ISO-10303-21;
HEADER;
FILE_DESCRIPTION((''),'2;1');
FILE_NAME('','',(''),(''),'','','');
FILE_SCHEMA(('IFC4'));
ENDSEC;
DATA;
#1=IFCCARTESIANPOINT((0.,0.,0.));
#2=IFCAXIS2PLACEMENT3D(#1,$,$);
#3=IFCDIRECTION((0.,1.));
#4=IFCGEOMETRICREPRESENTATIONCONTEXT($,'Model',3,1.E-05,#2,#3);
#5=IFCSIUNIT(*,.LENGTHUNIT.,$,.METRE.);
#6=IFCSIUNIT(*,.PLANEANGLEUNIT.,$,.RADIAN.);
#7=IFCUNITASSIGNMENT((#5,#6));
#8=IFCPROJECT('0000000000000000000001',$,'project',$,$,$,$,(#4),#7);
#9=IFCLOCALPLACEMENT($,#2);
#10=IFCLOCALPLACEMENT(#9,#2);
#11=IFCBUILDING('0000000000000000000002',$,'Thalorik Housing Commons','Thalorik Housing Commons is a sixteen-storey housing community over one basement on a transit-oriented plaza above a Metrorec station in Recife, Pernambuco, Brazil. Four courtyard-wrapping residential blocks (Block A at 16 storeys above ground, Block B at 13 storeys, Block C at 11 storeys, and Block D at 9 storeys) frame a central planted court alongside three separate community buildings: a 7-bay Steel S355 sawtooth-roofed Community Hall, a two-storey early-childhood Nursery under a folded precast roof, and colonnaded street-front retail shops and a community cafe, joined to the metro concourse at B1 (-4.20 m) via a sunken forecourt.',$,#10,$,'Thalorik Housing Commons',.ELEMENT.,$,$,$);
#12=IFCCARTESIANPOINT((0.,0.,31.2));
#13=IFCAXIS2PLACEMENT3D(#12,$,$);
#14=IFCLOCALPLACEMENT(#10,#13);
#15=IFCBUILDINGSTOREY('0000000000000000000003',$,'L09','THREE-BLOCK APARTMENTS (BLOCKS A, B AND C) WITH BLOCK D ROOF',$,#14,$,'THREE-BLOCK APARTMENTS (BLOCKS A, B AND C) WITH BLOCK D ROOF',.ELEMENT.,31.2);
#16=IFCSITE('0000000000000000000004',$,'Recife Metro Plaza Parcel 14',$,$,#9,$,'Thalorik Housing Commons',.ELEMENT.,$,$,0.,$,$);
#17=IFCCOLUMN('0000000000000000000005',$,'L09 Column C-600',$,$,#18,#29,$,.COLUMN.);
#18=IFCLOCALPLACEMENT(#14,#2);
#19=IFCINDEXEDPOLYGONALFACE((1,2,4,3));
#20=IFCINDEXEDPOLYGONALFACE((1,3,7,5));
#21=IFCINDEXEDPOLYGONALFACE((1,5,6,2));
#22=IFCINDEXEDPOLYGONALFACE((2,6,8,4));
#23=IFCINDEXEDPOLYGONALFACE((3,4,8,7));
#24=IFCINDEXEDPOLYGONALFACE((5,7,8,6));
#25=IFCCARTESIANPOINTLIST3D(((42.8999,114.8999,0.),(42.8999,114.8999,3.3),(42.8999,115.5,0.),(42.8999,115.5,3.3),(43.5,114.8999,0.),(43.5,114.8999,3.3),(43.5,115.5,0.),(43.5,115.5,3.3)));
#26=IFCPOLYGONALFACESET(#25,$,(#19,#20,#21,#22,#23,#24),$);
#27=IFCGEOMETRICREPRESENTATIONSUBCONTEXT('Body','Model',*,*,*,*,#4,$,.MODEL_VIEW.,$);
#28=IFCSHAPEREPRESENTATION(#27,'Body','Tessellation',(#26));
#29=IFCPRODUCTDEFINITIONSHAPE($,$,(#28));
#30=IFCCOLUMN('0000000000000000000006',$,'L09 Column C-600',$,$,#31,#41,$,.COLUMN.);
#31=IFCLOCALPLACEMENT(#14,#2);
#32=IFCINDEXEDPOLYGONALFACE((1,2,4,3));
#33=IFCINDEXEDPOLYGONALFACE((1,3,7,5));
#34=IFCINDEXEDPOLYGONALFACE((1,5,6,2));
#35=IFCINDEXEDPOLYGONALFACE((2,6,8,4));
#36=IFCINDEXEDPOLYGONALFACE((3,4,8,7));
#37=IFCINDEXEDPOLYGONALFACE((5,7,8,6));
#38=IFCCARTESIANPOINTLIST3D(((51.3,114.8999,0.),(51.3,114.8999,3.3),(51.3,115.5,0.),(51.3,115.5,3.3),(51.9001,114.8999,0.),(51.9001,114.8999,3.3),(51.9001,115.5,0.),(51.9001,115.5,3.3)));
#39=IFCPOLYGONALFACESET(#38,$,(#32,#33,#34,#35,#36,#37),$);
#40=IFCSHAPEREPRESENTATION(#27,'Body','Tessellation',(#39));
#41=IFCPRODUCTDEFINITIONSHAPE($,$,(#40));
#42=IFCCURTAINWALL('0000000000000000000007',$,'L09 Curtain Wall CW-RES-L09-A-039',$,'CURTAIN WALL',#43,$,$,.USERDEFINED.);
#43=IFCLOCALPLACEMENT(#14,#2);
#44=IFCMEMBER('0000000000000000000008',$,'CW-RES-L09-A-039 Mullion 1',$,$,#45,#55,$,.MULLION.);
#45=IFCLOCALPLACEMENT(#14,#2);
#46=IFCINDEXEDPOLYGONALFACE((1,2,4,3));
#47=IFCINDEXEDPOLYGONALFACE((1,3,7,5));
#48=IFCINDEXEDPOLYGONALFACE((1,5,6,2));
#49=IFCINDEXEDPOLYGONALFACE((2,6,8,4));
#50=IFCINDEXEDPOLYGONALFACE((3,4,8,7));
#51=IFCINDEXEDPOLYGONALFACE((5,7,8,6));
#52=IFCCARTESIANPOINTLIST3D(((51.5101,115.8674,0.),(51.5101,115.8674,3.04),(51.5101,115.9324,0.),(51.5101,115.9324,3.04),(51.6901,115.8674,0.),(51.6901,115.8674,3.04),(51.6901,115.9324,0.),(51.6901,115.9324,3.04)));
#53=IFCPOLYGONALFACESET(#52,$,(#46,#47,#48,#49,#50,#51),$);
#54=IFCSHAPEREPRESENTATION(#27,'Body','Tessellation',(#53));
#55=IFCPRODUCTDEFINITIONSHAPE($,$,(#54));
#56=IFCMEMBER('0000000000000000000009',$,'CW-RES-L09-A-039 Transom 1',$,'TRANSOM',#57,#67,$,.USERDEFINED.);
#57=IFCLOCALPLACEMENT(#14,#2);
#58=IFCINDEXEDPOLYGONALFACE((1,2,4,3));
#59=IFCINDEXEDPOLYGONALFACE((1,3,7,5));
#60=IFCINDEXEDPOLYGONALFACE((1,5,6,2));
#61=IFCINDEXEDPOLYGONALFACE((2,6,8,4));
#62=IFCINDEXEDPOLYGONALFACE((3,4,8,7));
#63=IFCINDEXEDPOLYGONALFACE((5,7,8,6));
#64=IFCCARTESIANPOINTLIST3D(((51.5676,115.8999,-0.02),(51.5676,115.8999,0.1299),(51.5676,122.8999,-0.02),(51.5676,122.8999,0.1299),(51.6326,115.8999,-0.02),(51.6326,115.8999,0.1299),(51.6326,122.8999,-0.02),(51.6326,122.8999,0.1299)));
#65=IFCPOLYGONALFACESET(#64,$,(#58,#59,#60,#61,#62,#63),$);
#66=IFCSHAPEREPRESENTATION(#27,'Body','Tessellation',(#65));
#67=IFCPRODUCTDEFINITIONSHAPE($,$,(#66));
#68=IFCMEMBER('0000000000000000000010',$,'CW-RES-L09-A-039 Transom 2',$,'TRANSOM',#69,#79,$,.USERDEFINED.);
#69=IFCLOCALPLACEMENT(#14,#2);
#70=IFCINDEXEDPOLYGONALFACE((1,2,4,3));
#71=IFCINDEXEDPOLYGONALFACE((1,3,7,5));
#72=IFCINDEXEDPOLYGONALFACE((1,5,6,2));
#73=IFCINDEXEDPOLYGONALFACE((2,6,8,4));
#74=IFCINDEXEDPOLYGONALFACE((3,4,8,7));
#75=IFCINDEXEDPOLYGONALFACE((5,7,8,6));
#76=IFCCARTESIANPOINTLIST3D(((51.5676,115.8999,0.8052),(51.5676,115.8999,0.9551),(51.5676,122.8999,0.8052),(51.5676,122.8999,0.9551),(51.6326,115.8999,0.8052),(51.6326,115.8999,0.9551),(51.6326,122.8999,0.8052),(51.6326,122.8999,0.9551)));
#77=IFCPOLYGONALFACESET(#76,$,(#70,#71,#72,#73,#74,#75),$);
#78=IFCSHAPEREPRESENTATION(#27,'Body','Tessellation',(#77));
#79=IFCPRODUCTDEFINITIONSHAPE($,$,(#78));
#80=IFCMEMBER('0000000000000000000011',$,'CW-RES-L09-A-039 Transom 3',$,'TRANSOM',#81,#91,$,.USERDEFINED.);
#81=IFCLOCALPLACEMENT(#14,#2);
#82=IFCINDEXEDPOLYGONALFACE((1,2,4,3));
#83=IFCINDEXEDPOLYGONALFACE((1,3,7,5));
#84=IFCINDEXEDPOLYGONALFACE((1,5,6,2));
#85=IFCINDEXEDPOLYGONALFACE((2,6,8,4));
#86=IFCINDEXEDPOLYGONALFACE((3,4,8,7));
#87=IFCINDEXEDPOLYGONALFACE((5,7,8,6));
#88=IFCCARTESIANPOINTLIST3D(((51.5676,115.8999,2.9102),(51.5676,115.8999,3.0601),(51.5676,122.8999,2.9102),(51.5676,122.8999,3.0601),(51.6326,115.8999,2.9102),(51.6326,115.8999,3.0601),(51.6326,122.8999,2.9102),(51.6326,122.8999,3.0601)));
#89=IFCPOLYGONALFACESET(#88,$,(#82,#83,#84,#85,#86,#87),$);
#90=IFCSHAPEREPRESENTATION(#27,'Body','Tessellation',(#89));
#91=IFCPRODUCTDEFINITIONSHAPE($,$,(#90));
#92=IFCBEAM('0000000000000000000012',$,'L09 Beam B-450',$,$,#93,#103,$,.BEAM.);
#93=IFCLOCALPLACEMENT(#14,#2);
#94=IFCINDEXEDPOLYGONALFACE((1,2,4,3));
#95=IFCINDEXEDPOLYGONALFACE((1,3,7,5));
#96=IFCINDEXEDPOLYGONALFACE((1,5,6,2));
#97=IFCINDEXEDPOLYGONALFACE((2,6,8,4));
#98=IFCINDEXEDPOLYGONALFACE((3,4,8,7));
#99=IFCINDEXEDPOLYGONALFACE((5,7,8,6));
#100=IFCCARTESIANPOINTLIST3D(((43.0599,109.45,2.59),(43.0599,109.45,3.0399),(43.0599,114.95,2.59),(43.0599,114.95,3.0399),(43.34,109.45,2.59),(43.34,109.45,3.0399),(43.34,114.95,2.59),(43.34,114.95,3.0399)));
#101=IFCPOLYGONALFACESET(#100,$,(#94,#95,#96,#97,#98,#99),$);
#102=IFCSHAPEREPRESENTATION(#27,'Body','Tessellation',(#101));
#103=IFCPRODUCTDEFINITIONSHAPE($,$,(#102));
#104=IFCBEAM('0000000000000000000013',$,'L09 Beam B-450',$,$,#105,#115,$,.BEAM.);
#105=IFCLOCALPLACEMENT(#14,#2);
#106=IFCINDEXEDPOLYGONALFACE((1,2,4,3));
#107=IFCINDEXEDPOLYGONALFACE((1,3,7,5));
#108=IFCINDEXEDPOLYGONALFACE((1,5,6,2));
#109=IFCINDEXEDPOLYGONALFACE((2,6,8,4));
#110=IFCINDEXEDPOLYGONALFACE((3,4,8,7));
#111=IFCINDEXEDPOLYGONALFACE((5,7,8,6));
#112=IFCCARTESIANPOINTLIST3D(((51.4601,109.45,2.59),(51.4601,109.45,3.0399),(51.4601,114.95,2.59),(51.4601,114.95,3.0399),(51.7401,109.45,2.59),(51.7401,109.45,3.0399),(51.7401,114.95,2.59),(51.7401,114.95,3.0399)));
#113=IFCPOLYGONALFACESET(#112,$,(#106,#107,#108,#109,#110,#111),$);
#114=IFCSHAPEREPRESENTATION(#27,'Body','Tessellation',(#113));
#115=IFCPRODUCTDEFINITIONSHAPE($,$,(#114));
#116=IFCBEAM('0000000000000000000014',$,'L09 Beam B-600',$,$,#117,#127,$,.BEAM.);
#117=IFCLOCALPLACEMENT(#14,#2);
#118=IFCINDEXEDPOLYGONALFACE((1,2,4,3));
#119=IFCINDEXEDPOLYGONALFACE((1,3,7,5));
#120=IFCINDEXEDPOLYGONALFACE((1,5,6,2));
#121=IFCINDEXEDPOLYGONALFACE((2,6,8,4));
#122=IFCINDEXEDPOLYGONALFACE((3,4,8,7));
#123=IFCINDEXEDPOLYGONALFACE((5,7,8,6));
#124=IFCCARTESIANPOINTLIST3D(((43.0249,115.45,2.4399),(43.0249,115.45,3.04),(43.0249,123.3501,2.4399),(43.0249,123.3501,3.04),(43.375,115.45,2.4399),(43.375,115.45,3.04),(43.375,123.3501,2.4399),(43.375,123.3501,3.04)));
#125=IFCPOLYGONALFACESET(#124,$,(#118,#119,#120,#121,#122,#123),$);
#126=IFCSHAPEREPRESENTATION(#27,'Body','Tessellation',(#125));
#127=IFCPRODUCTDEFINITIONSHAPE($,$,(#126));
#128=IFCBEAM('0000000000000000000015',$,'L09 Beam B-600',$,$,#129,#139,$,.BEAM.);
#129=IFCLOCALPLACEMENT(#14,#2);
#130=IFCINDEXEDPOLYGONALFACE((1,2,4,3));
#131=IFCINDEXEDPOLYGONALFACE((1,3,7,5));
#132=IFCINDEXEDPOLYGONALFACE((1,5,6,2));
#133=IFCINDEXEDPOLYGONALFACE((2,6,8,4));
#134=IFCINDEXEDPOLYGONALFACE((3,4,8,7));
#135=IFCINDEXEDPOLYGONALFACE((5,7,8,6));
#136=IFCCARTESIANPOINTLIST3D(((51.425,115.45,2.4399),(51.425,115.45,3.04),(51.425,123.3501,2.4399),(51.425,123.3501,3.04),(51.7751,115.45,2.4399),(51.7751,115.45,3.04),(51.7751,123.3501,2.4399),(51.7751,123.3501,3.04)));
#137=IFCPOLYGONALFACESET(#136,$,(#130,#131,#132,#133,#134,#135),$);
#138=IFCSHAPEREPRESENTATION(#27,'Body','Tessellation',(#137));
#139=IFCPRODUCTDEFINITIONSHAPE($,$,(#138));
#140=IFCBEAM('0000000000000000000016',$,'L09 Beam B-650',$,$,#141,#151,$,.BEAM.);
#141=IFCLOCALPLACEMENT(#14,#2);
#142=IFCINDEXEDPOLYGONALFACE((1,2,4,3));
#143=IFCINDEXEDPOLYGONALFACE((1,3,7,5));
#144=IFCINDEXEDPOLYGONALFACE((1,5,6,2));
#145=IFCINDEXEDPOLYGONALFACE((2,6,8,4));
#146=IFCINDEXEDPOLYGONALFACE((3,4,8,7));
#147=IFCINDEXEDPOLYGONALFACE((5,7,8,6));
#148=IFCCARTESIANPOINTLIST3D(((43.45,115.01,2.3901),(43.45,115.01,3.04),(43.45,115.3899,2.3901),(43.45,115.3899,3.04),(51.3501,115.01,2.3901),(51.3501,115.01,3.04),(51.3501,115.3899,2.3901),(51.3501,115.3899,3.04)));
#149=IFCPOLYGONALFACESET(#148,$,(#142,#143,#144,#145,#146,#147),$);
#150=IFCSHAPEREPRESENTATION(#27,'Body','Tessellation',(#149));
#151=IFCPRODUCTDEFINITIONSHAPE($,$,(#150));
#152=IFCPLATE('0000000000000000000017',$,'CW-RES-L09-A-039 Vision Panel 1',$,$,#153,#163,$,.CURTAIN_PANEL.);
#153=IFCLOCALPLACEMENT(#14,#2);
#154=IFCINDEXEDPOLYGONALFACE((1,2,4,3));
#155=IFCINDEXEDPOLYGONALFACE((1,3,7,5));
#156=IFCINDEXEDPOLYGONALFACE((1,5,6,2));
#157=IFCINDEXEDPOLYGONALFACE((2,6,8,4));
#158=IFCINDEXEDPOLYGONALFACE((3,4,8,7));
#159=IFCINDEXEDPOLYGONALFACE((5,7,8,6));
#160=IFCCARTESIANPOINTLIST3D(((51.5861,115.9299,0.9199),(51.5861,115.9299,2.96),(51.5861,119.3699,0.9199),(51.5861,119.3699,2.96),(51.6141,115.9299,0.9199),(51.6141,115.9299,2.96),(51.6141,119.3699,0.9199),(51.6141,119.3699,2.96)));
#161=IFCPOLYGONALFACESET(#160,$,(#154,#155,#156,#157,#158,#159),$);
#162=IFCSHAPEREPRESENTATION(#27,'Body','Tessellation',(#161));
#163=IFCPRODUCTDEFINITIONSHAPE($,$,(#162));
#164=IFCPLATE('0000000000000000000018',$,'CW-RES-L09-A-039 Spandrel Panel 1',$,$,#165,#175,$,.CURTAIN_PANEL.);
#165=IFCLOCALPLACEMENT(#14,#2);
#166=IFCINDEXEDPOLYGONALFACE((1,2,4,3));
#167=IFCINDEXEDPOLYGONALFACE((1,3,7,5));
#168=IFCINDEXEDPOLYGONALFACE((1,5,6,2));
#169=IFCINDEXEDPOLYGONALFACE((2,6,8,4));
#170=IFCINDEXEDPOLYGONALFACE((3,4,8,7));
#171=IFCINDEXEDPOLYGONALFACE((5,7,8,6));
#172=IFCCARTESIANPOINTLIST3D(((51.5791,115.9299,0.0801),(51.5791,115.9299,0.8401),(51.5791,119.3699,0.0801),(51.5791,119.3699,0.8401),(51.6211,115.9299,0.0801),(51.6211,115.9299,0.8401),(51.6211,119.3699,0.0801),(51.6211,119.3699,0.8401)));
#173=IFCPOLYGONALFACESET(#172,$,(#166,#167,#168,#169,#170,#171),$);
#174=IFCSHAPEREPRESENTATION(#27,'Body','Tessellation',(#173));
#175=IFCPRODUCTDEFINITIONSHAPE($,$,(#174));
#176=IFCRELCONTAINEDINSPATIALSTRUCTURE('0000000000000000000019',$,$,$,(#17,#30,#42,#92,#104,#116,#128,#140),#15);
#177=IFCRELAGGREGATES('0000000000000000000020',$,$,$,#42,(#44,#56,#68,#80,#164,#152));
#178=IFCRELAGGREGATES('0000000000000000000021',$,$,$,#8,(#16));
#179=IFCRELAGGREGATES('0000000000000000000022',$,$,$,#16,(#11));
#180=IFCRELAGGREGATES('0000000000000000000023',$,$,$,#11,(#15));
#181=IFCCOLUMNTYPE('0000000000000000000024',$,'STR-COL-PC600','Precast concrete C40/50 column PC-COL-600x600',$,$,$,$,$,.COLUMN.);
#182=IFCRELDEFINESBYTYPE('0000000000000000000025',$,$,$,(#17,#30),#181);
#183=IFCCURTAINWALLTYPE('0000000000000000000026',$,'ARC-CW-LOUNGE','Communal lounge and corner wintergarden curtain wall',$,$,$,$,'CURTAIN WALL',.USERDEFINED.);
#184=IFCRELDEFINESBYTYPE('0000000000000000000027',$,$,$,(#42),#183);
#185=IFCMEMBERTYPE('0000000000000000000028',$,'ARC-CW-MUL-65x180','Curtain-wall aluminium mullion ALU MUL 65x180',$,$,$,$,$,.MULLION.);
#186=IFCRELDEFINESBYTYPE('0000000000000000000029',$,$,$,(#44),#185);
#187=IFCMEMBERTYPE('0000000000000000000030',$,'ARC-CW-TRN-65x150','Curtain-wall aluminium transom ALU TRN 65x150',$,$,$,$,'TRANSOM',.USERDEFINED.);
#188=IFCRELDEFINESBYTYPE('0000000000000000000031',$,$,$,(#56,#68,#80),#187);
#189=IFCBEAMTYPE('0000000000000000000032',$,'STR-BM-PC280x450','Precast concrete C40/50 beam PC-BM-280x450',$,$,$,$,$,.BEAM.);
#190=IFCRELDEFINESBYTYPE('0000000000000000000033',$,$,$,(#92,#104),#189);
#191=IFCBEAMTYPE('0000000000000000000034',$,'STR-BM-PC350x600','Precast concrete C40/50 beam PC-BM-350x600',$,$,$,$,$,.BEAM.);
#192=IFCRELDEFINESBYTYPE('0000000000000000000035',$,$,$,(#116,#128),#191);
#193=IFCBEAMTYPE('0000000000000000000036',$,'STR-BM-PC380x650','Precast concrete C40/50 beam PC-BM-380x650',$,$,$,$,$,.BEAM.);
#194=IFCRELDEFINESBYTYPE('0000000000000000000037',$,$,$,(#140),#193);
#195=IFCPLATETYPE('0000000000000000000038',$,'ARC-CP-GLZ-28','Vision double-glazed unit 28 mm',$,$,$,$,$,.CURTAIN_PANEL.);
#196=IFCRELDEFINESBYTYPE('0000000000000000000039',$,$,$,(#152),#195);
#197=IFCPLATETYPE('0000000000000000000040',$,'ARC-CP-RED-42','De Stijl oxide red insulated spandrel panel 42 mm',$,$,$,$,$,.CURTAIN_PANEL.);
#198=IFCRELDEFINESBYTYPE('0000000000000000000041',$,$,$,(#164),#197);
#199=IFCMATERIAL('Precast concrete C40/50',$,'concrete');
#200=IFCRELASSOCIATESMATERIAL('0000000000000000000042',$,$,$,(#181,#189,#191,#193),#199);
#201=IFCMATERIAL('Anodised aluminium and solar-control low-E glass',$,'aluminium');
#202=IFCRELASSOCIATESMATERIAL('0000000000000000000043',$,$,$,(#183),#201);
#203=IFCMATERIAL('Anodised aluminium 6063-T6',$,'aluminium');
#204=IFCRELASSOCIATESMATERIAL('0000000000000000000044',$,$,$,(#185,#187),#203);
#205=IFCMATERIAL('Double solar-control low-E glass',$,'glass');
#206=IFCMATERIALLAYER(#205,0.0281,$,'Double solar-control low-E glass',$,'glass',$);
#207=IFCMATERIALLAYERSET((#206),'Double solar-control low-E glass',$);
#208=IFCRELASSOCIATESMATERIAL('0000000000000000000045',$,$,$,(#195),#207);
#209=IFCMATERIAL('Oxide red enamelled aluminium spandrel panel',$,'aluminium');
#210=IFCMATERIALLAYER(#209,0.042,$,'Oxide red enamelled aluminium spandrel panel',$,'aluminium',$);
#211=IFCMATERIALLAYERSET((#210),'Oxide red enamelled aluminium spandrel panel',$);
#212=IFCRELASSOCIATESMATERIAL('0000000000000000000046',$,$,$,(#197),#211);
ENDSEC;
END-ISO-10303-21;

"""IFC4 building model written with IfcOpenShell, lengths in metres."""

from ifc_helpers import new_model, si_unit, direction, frame, origin, origin_2d, place, context, subcontext, project, spatial, rectangle, extrude, material, layer, layer_set, material_profile, profile_set, type_object, element, aggregate, save


model = new_model("IFC4")

# Units and contexts
model_context = context("Model", 3, precision=1e-05, world=origin(), true_north=direction((0.0, 1.0)))
body_context = subcontext(model_context, "Body", "Model", "MODEL_VIEW")
ifc_project = project(units=[si_unit("LENGTHUNIT", "METRE"), si_unit("PLANEANGLEUNIT", "RADIAN")], contexts=[model_context])

# Site, building, storey
site_placement = place(None, origin())
site = spatial("IfcSite", under=ifc_project, at=site_placement, Name="Recife Metro Plaza Parcel 14", LongName="Thalorik Housing Commons", CompositionType="ELEMENT", RefElevation=0.0)
building_placement = place(site_placement, origin())
building = spatial("IfcBuilding", under=site, at=building_placement, Name="Thalorik Housing Commons", Description="Thalorik Housing Commons is a sixteen-storey housing community over one basement on a transit-oriented plaza above a Metrorec station in Recife, Pernambuco, Brazil. Four courtyard-wrapping residential blocks (Block A at 16 storeys above ground, Block B at 13 storeys, Block C at 11 storeys, and Block D at 9 storeys) frame a central planted court alongside three separate community buildings: a 7-bay Steel S355 sawtooth-roofed Community Hall, a two-storey early-childhood Nursery under a folded precast roof, and colonnaded street-front retail shops and a community cafe, joined to the metro concourse at B1 (-4.20 m) via a sunken forecourt.", LongName="Thalorik Housing Commons", CompositionType="ELEMENT")
storey_placement = place(building_placement, frame((0.0, 0.0, 31.2)))
storey = spatial("IfcBuildingStorey", under=building, at=storey_placement, Name="L09", Description="THREE-BLOCK APARTMENTS (BLOCKS A, B AND C) WITH BLOCK D ROOF", LongName="THREE-BLOCK APARTMENTS (BLOCKS A, B AND C) WITH BLOCK D ROOF", CompositionType="ELEMENT", Elevation=31.2)

# Columns
ifc_material_1 = material(Name="Precast concrete C40/50", Category="concrete")
ifc_material_profile_1 = material_profile(ifc_material_1, rectangle(XDim=0.6001, YDim=0.6001, at=origin_2d()), Name="PC 600x600", Category="concrete")
ifc_profile_set_1 = profile_set([ifc_material_profile_1], Name="Precast concrete C40/50")
column_type = type_object("IfcColumnType", Name="STR-COL-PC600", Description="Precast concrete C40/50 column PC-COL-600x600", PredefinedType="COLUMN", material=ifc_profile_set_1)
for number, where, z_axis, x_axis, name in (
    (1, (43.2, 115.2, 0.0), (0.0, 0.0, 1.0), (1.0, 0.0, 0.0), "L09 Column C-600"),
    (2, (51.6001, 115.2, 0.0), (0.0, 0.0, 1.0), (1.0, 0.0, 0.0), "L09 Column C-600"),
):
    element("IfcColumn", number, at=place(storey_placement, frame(where, z_axis=z_axis, x_axis=x_axis)), inside=storey, type_object=column_type, Name=name, PredefinedType="COLUMN", context=body_context, shape_type="SweptSolid", body=[
        extrude(rectangle(XDim=0.6001, YDim=0.6001, at=origin_2d()), origin(), (0.0, 0.0, 1.0), 3.3),
    ])

# Curtain wall, members
ifc_material_2 = material(Name="Anodised aluminium and solar-control low-E glass", Category="aluminium")
curtain_wall_type = type_object("IfcCurtainWallType", Name="ARC-CW-LOUNGE", Description="Communal lounge and corner wintergarden curtain wall", ElementType="CURTAIN WALL", PredefinedType="USERDEFINED", material=ifc_material_2)
curtain_wall_placement = place(storey_placement, origin())
curtain_wall = element("IfcCurtainWall", 3, at=curtain_wall_placement, inside=storey, type_object=curtain_wall_type, Name="L09 Curtain Wall CW-RES-L09-A-039", ObjectType="CURTAIN WALL", PredefinedType="USERDEFINED")
ifc_material_3 = material(Name="Anodised aluminium 6063-T6", Category="aluminium")
ifc_material_profile_2 = material_profile(ifc_material_3, rectangle(XDim=0.0649, YDim=0.1799, at=origin_2d()), Name="ALU MUL 65x180", Category="aluminium")
ifc_profile_set_2 = profile_set([ifc_material_profile_2], Name="Anodised aluminium 6063-T6")
member_type_1 = type_object("IfcMemberType", Name="ARC-CW-MUL-65x180", Description="Curtain-wall aluminium mullion ALU MUL 65x180", PredefinedType="MULLION", material=ifc_profile_set_2)
member_1_placement = place(storey_placement, frame((51.6001, 115.8999, 0.0), z_axis=(0.0, 0.0, 1.0), x_axis=(0.0, 1.0, 0.0)))
member_1 = element("IfcMember", 4, at=member_1_placement, type_object=member_type_1, Name="CW-RES-L09-A-039 Mullion 1", PredefinedType="MULLION", context=body_context, shape_type="SweptSolid", body=[
    extrude(rectangle(XDim=0.0649, YDim=0.1799, at=origin_2d()), origin(), (0.0, 0.0, 1.0), 3.04),
])
ifc_material_profile_3 = material_profile(ifc_material_3, rectangle(XDim=0.0649, YDim=0.1499, at=origin_2d()), Name="ALU TRN 65x150", Category="aluminium")
ifc_profile_set_3 = profile_set([ifc_material_profile_3], Name="Anodised aluminium 6063-T6")
member_type_2 = type_object("IfcMemberType", Name="ARC-CW-TRN-65x150", Description="Curtain-wall aluminium transom ALU TRN 65x150", ElementType="TRANSOM", PredefinedType="USERDEFINED", material=ifc_profile_set_3)
member_2_placement = place(storey_placement, frame((51.6001, 115.8999, 0.0549), z_axis=(0.0, 1.0, 0.0), x_axis=(-1.0, 0.0, 0.0)))
member_2 = element("IfcMember", 5, at=member_2_placement, type_object=member_type_2, Name="CW-RES-L09-A-039 Transom 1", ObjectType="TRANSOM", PredefinedType="USERDEFINED", context=body_context, shape_type="SweptSolid", body=[
    extrude(rectangle(XDim=0.0649, YDim=0.1499, at=origin_2d()), origin(), (0.0, 0.0, 1.0), 7.0),
])
member_3_placement = place(storey_placement, frame((51.6001, 115.8999, 0.8801), z_axis=(0.0, 1.0, 0.0), x_axis=(-1.0, 0.0, 0.0)))
member_3 = element("IfcMember", 6, at=member_3_placement, type_object=member_type_2, Name="CW-RES-L09-A-039 Transom 2", ObjectType="TRANSOM", PredefinedType="USERDEFINED", context=body_context, shape_type="SweptSolid", body=[
    extrude(rectangle(XDim=0.0649, YDim=0.1499, at=origin_2d()), origin(), (0.0, 0.0, 1.0), 7.0),
])
member_4_placement = place(storey_placement, frame((51.6001, 115.8999, 2.9851), z_axis=(0.0, 1.0, 0.0), x_axis=(-1.0, 0.0, 0.0)))
member_4 = element("IfcMember", 7, at=member_4_placement, type_object=member_type_2, Name="CW-RES-L09-A-039 Transom 3", ObjectType="TRANSOM", PredefinedType="USERDEFINED", context=body_context, shape_type="SweptSolid", body=[
    extrude(rectangle(XDim=0.0649, YDim=0.1499, at=origin_2d()), origin(), (0.0, 0.0, 1.0), 7.0),
])

# Beams
ifc_material_profile_4 = material_profile(ifc_material_1, rectangle(XDim=0.28, YDim=0.45, at=origin_2d()), Name="PC 280x450", Category="concrete")
ifc_profile_set_4 = profile_set([ifc_material_profile_4], Name="Precast concrete C40/50")
beam_type_1 = type_object("IfcBeamType", Name="STR-BM-PC280x450", Description="Precast concrete C40/50 beam PC-BM-280x450", PredefinedType="BEAM", material=ifc_profile_set_4)
for number, where, z_axis, x_axis, name in (
    (8, (43.2, 109.45, 2.8149), (0.0, 1.0, 0.0), (-1.0, 0.0, 0.0), "L09 Beam B-450"),
    (9, (51.6001, 109.45, 2.8149), (0.0, 1.0, 0.0), (-1.0, 0.0, 0.0), "L09 Beam B-450"),
):
    element("IfcBeam", number, at=place(storey_placement, frame(where, z_axis=z_axis, x_axis=x_axis)), inside=storey, type_object=beam_type_1, Name=name, PredefinedType="BEAM", context=body_context, shape_type="SweptSolid", body=[
        extrude(rectangle(XDim=0.28, YDim=0.45, at=origin_2d()), origin(), (0.0, 0.0, 1.0), 5.5),
    ])
ifc_material_profile_5 = material_profile(ifc_material_1, rectangle(XDim=0.3501, YDim=0.6001, at=origin_2d()), Name="PC 350x600", Category="concrete")
ifc_profile_set_5 = profile_set([ifc_material_profile_5], Name="Precast concrete C40/50")
beam_type_2 = type_object("IfcBeamType", Name="STR-BM-PC350x600", Description="Precast concrete C40/50 beam PC-BM-350x600", PredefinedType="BEAM", material=ifc_profile_set_5)
for number, where, z_axis, x_axis, name in (
    (10, (43.2, 115.45, 2.74), (0.0, 1.0, 0.0), (-1.0, 0.0, 0.0), "L09 Beam B-600"),
    (11, (51.6001, 115.45, 2.74), (0.0, 1.0, 0.0), (-1.0, 0.0, 0.0), "L09 Beam B-600"),
):
    element("IfcBeam", number, at=place(storey_placement, frame(where, z_axis=z_axis, x_axis=x_axis)), inside=storey, type_object=beam_type_2, Name=name, PredefinedType="BEAM", context=body_context, shape_type="SweptSolid", body=[
        extrude(rectangle(XDim=0.3501, YDim=0.6001, at=origin_2d()), origin(), (0.0, 0.0, 1.0), 7.9001),
    ])
ifc_material_profile_6 = material_profile(ifc_material_1, rectangle(XDim=0.3799, YDim=0.6499, at=origin_2d()), Name="PC 380x650", Category="concrete")
ifc_profile_set_6 = profile_set([ifc_material_profile_6], Name="Precast concrete C40/50")
beam_type_3 = type_object("IfcBeamType", Name="STR-BM-PC380x650", Description="Precast concrete C40/50 beam PC-BM-380x650", PredefinedType="BEAM", material=ifc_profile_set_6)
beam_placement = place(storey_placement, frame((43.45, 115.2, 2.7151), z_axis=(1.0, 0.0, 0.0), x_axis=(0.0, 1.0, 0.0)))
element("IfcBeam", 12, at=beam_placement, inside=storey, type_object=beam_type_3, Name="L09 Beam B-650", PredefinedType="BEAM", context=body_context, shape_type="SweptSolid", body=[
    extrude(rectangle(XDim=0.3799, YDim=0.6499, at=origin_2d()), origin(), (0.0, 0.0, 1.0), 7.9001),
])

# Plates
ifc_material_4 = material(Name="Double solar-control low-E glass", Category="glass")
ifc_layer_1 = layer(ifc_material_4, 0.0281, Name="Double solar-control low-E glass", Category="glass")
ifc_layer_set_1 = layer_set([ifc_layer_1], Name="Double solar-control low-E glass")
plate_type_1 = type_object("IfcPlateType", Name="ARC-CP-GLZ-28", Description="Vision double-glazed unit 28 mm", PredefinedType="CURTAIN_PANEL", material=ifc_layer_set_1)
plate_1_placement = place(storey_placement, frame((51.6001, 117.6499, 0.9199), z_axis=(0.0, 0.0, 1.0), x_axis=(0.0, 1.0, 0.0)))
plate_1 = element("IfcPlate", 13, at=plate_1_placement, type_object=plate_type_1, Name="CW-RES-L09-A-039 Vision Panel 1", PredefinedType="CURTAIN_PANEL", context=body_context, shape_type="SweptSolid", body=[
    extrude(rectangle(XDim=3.4399, YDim=0.0281, at=origin_2d()), origin(), (0.0, 0.0, 1.0), 2.04),
])
ifc_material_5 = material(Name="Oxide red enamelled aluminium spandrel panel", Category="aluminium")
ifc_layer_2 = layer(ifc_material_5, 0.042, Name="Oxide red enamelled aluminium spandrel panel", Category="aluminium")
ifc_layer_set_2 = layer_set([ifc_layer_2], Name="Oxide red enamelled aluminium spandrel panel")
plate_type_2 = type_object("IfcPlateType", Name="ARC-CP-RED-42", Description="De Stijl oxide red insulated spandrel panel 42 mm", PredefinedType="CURTAIN_PANEL", material=ifc_layer_set_2)
plate_2_placement = place(storey_placement, frame((51.6001, 117.6499, 0.0801), z_axis=(0.0, 0.0, 1.0), x_axis=(0.0, 1.0, 0.0)))
plate_2 = element("IfcPlate", 14, at=plate_2_placement, type_object=plate_type_2, Name="CW-RES-L09-A-039 Spandrel Panel 1", PredefinedType="CURTAIN_PANEL", context=body_context, shape_type="SweptSolid", body=[
    extrude(rectangle(XDim=3.4399, YDim=0.042, at=origin_2d()), origin(), (0.0, 0.0, 1.0), 0.76),
])
aggregate(curtain_wall, [member_1, member_2, member_3, member_4, plate_2, plate_1])

save(model, "model.ifc")
